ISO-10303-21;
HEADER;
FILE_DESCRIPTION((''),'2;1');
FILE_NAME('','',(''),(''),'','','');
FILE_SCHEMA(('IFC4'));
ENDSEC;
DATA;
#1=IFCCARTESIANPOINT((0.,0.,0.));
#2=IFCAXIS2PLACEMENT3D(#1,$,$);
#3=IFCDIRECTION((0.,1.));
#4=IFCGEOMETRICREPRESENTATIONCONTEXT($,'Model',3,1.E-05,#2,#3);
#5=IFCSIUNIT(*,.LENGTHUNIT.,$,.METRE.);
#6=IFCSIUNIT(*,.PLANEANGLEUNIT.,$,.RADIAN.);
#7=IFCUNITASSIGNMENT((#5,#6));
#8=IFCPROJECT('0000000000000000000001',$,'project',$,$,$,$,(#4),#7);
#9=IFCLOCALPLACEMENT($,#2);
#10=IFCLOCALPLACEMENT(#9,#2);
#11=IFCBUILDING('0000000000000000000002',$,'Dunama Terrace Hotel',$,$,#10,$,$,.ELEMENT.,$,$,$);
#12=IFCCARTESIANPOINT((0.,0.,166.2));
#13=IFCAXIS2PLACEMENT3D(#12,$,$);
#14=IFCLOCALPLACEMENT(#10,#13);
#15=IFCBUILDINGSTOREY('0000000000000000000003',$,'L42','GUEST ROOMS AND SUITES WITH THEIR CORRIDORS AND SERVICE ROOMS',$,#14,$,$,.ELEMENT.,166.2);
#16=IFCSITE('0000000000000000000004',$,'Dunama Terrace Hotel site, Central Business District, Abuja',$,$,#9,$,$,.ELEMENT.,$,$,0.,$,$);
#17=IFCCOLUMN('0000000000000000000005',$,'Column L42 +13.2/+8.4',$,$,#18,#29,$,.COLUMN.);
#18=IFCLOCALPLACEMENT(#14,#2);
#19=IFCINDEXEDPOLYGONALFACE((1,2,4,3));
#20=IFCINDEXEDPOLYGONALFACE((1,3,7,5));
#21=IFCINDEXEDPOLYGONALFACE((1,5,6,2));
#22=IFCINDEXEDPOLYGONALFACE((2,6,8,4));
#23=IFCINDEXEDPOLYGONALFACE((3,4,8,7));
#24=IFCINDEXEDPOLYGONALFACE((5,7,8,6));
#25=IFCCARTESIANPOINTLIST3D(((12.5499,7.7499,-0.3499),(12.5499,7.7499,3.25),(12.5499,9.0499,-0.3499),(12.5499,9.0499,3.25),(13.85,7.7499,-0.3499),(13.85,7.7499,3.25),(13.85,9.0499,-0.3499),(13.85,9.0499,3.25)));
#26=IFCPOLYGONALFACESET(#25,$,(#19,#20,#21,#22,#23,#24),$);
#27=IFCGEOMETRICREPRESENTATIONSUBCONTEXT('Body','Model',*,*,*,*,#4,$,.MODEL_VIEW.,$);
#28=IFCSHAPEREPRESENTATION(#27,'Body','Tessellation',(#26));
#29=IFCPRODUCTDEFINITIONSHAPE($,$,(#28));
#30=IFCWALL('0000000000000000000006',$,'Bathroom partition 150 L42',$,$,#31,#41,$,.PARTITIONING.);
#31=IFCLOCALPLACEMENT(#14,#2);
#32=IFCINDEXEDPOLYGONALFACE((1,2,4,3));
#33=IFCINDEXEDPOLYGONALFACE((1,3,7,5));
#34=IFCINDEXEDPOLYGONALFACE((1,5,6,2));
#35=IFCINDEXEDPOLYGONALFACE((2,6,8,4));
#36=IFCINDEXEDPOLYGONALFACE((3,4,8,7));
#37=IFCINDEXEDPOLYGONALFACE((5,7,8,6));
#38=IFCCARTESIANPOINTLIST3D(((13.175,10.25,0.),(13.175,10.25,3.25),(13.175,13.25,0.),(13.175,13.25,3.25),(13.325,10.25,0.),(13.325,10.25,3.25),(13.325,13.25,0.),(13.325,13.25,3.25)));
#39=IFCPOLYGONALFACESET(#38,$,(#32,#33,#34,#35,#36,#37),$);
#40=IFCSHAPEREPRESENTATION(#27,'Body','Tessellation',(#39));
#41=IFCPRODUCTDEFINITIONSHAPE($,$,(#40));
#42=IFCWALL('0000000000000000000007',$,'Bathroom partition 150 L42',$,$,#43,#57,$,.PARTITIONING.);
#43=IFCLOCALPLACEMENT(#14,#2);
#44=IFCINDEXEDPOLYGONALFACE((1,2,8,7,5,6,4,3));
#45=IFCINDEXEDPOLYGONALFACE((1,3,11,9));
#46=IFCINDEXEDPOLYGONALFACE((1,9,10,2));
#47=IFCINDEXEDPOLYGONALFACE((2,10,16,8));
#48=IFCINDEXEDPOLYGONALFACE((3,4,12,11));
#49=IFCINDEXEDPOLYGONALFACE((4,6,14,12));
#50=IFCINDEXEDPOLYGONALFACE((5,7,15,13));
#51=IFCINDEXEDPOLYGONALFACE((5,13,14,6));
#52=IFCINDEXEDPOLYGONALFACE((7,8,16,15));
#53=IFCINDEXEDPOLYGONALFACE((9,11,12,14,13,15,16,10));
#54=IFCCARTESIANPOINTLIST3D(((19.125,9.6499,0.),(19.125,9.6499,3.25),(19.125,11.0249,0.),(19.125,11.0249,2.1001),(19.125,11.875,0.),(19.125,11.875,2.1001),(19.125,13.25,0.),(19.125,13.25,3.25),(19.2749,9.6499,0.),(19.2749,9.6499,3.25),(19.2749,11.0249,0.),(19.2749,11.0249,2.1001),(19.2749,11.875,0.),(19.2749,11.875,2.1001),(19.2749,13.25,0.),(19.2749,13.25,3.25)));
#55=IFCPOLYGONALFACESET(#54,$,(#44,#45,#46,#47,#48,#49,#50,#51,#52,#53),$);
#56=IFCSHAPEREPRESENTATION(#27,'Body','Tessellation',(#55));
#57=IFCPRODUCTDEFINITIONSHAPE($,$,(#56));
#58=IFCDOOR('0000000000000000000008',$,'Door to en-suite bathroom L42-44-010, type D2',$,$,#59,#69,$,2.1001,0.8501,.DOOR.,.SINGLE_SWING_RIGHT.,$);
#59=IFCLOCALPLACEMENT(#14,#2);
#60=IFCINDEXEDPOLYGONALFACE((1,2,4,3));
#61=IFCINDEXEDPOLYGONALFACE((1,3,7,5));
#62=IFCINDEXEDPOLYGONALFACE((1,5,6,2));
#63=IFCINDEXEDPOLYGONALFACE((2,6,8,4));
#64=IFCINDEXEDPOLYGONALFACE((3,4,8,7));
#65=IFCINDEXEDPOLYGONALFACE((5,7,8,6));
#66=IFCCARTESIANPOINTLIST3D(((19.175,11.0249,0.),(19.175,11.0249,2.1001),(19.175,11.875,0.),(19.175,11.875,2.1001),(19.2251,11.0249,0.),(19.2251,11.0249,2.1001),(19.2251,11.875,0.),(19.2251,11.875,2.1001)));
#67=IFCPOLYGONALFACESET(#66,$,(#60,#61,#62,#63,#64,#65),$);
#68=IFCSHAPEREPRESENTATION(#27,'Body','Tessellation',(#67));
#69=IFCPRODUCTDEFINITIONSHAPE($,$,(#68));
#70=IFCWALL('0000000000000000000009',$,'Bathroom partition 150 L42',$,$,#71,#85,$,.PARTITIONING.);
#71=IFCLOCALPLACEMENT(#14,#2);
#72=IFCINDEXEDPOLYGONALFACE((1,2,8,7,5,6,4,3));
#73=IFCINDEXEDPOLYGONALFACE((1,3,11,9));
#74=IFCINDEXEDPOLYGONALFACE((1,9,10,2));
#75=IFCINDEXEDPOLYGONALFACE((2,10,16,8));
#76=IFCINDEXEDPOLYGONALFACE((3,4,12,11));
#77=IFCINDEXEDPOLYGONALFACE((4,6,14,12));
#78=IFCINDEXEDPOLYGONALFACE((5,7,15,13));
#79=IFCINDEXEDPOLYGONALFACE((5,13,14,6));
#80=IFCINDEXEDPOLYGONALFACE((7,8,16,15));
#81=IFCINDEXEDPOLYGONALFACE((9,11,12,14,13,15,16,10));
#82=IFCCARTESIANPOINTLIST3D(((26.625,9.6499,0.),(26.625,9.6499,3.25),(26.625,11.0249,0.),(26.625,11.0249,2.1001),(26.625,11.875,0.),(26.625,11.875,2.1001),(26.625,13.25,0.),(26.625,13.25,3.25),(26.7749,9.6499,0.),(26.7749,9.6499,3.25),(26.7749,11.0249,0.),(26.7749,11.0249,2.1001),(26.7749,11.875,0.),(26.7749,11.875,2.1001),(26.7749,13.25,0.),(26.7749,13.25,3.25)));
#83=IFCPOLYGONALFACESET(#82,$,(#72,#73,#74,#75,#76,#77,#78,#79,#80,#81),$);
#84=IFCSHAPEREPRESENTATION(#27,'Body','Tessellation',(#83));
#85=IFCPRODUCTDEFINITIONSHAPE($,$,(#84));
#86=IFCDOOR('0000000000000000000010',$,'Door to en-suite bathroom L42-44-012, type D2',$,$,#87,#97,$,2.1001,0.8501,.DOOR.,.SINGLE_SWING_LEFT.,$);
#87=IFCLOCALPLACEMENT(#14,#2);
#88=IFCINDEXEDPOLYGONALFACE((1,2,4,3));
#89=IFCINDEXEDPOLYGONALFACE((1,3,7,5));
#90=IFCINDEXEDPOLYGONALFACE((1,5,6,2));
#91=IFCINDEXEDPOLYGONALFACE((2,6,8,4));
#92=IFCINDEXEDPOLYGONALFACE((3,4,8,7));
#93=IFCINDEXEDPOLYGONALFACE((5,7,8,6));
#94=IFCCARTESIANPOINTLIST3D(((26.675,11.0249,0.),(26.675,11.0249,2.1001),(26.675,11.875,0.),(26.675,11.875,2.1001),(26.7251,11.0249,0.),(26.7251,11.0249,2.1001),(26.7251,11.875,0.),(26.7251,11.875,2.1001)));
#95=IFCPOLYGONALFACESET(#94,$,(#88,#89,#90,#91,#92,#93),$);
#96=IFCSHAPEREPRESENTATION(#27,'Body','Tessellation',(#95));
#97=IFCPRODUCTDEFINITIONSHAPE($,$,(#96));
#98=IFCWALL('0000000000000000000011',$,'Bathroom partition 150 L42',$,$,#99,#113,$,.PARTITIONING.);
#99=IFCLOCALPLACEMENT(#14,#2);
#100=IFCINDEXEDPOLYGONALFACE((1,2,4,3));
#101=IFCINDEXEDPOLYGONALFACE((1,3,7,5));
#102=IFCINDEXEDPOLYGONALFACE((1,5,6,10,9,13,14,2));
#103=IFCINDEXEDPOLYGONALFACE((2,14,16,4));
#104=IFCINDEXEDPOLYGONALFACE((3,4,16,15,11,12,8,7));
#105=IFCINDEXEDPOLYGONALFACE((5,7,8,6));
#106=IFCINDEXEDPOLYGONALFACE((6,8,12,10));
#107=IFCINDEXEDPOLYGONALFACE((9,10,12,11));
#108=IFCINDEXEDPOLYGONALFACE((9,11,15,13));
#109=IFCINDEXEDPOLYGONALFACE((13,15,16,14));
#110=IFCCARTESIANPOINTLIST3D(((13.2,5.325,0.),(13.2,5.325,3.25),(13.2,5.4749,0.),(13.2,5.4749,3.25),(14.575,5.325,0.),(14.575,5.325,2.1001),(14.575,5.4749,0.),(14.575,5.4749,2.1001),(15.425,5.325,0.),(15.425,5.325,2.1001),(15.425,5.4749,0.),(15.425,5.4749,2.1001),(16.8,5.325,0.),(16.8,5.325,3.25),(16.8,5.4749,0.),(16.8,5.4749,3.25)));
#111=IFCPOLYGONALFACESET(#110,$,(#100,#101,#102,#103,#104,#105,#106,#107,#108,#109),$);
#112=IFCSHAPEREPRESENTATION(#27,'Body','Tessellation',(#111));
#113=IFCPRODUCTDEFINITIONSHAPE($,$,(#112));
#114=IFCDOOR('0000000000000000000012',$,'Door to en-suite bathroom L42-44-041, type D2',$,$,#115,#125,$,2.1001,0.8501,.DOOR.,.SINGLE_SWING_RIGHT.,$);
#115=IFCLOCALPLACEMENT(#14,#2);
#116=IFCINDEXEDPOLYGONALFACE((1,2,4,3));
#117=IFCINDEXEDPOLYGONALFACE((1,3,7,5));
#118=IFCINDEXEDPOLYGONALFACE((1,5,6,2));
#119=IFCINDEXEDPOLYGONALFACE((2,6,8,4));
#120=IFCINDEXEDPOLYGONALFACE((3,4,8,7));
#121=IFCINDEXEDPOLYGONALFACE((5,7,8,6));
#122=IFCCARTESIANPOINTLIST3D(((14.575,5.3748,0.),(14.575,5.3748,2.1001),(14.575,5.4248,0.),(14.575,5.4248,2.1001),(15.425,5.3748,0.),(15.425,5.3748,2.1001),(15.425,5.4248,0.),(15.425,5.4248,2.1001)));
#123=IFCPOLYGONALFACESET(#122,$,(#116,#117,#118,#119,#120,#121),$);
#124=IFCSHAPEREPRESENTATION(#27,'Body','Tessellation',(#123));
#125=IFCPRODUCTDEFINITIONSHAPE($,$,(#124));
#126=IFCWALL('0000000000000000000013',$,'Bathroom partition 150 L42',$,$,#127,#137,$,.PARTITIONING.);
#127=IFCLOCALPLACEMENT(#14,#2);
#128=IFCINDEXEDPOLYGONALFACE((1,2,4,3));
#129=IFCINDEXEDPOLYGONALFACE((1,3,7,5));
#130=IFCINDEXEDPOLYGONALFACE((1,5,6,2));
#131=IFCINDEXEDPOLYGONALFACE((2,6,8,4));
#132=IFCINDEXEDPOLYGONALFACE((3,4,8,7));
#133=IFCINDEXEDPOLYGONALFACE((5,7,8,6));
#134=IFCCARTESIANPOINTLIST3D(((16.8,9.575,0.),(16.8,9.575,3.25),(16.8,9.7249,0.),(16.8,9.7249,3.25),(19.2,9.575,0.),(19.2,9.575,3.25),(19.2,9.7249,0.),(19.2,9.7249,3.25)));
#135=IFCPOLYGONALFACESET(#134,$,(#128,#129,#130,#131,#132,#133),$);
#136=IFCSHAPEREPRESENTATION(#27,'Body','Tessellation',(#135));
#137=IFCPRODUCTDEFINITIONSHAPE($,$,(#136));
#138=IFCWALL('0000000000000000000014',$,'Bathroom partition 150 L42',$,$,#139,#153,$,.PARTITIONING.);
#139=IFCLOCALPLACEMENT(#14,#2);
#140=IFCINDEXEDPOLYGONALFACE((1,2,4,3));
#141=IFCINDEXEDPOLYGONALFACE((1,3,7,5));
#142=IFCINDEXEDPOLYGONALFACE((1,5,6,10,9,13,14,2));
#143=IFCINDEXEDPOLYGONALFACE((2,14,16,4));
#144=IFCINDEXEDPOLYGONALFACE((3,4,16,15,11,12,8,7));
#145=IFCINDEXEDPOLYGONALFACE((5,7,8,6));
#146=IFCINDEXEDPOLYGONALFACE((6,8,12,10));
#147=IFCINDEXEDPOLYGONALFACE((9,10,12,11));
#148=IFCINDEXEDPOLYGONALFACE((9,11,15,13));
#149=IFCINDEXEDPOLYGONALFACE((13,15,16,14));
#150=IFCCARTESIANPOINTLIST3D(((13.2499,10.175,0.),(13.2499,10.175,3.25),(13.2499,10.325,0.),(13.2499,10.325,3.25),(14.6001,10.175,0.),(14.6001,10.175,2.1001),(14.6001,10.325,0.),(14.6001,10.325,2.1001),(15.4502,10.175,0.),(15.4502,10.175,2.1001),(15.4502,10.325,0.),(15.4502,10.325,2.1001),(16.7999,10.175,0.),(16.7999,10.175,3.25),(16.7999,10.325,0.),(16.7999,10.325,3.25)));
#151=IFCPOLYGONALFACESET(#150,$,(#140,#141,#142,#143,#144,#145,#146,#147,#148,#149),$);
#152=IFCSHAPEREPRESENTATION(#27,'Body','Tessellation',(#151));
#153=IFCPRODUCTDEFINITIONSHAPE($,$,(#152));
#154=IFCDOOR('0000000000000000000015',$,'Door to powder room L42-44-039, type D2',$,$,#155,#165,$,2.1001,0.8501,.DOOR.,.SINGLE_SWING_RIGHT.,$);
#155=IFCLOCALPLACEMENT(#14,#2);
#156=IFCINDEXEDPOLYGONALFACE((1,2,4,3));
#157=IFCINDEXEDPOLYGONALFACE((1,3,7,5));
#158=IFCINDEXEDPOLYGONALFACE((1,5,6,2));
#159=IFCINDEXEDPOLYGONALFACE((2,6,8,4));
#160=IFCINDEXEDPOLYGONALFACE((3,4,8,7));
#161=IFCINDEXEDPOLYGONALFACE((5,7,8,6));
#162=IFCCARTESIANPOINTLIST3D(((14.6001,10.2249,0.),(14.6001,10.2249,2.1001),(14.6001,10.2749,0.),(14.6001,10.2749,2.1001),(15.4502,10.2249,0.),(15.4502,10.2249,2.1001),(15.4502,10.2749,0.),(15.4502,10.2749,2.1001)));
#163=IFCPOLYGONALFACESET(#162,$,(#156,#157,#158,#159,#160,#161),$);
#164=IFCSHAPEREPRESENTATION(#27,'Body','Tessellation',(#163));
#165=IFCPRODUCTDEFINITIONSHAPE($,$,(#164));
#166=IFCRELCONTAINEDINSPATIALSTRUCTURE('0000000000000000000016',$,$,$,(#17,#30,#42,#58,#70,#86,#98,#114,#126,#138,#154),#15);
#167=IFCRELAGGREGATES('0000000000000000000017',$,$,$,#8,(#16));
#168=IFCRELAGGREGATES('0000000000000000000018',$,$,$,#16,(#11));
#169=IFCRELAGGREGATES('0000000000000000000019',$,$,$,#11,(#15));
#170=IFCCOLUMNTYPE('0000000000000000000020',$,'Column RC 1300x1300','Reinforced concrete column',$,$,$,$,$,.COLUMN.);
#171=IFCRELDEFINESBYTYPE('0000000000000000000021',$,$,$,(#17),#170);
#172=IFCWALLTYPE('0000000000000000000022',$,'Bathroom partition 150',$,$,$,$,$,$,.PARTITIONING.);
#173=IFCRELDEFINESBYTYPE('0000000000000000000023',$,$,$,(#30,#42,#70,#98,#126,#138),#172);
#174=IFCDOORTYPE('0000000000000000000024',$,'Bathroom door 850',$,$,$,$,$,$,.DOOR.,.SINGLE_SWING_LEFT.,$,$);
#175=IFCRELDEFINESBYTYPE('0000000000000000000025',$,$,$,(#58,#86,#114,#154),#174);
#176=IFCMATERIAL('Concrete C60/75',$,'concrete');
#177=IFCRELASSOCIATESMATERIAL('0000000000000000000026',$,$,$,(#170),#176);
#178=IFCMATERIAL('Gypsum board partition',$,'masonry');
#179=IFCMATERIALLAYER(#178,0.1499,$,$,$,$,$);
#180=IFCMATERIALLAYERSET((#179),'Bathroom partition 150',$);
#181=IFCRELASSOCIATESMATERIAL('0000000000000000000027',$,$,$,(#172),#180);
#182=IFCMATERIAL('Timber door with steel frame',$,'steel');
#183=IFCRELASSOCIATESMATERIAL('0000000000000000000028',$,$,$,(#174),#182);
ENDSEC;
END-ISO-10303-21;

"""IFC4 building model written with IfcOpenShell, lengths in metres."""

from ifc_helpers import new_model, si_unit, direction, frame, frame_2d, origin, origin_2d, place, context, subcontext, project, spatial, rectangle, extrude, material, layer, layer_set, material_profile, profile_set, type_object, element, fill, save


model = new_model("IFC4")

# Units and contexts
model_context = context("Model", 3, precision=1e-05, world=origin(), true_north=direction((0.0, 1.0)))
body_context = subcontext(model_context, "Body", "Model", "MODEL_VIEW")
ifc_project = project(units=[si_unit("LENGTHUNIT", "METRE"), si_unit("PLANEANGLEUNIT", "RADIAN")], contexts=[model_context])

# Site, building, storey
site_placement = place(None, origin())
site = spatial("IfcSite", under=ifc_project, at=site_placement, Name="Dunama Terrace Hotel site, Central Business District, Abuja", CompositionType="ELEMENT", RefElevation=0.0)
building_placement = place(site_placement, origin())
building = spatial("IfcBuilding", under=site, at=building_placement, Name="Dunama Terrace Hotel", CompositionType="ELEMENT")
storey_placement = place(building_placement, frame((0.0, 0.0, 166.2)))
storey = spatial("IfcBuildingStorey", under=building, at=storey_placement, Name="L42", Description="GUEST ROOMS AND SUITES WITH THEIR CORRIDORS AND SERVICE ROOMS", CompositionType="ELEMENT", Elevation=166.2)

# Column
ifc_material_1 = material(Name="Concrete C60/75", Category="concrete")
ifc_material_profile = material_profile(ifc_material_1, rectangle(XDim=1.3, YDim=1.3, at=origin_2d()), Name="RC 1300x1300")
ifc_profile_set = profile_set([ifc_material_profile], Name="Concrete C60/75")
column_type = type_object("IfcColumnType", Name="Column RC 1300x1300", Description="Reinforced concrete column", PredefinedType="COLUMN", material=ifc_profile_set)
column_placement = place(storey_placement, frame((13.2, 8.3999, -0.3499), z_axis=(0.0, 0.0, 1.0), x_axis=(1.0, 0.0, 0.0)))
element("IfcColumn", 1, at=column_placement, inside=storey, type_object=column_type, Name="Column L42 +13.2/+8.4", PredefinedType="COLUMN", context=body_context, shape_type="SweptSolid", body=[
    extrude(rectangle(XDim=1.3, YDim=1.3, at=origin_2d()), origin(), (0.0, 0.0, 1.0), 3.5999),
])

# Wall
ifc_material_2 = material(Name="Gypsum board partition", Category="masonry")
ifc_layer_1 = layer(ifc_material_2, 0.1499)
ifc_layer_set_1 = layer_set([ifc_layer_1], Name="Bathroom partition 150")
wall_type_1 = type_object("IfcWallType", Name="Bathroom partition 150", PredefinedType="PARTITIONING", material=ifc_layer_set_1)
wall_1_placement = place(storey_placement, frame((13.25, 10.25, 0.0), z_axis=(0.0, 0.0, 1.0), x_axis=(0.0, 1.0, 0.0)))
element("IfcWall", 2, at=wall_1_placement, inside=storey, type_object=wall_type_1, Name="Bathroom partition 150 L42", PredefinedType="PARTITIONING", context=body_context, shape_type="SweptSolid", body=[
    extrude(rectangle(XDim=3.0, YDim=0.1499, at=frame_2d((1.5, 0.0))), origin(), (0.0, 0.0, 1.0), 3.25),
])

# Walls, openings, doors
wall_2_placement = place(storey_placement, frame((19.2, 9.6499, 0.0), z_axis=(0.0, 0.0, 1.0), x_axis=(0.0, 1.0, 0.0)))
wall_2 = element("IfcWall", 3, at=wall_2_placement, inside=storey, type_object=wall_type_1, Name="Bathroom partition 150 L42", PredefinedType="PARTITIONING", context=body_context, shape_type="SweptSolid", body=[
    extrude(rectangle(XDim=3.6001, YDim=0.1499, at=frame_2d((1.8, 0.0))), origin(), (0.0, 0.0, 1.0), 3.25),
])
opening_1_placement = place(wall_2_placement, frame((1.375, 0.0, 0.0)))
opening_1 = element("IfcOpeningElement", 4, at=opening_1_placement, cuts=wall_2, PredefinedType="OPENING", context=body_context, shape_type="SweptSolid", body=[
    extrude(rectangle(XDim=0.8501, YDim=2.1001, at=frame_2d((0.425, 1.05))), frame((0.0, 0.085, 0.0), z_axis=(0.0, -1.0, 0.0), x_axis=(1.0, 0.0, 0.0)), (0.0, 0.0, 1.0), 0.1699),
])
ifc_material_3 = material(Name="Timber door with steel frame", Category="steel")
door_type_1 = type_object("IfcDoorType", Name="Bathroom door 850", OperationType="SINGLE_SWING_LEFT", PredefinedType="DOOR", material=ifc_material_3)
door_1_placement = place(opening_1_placement, origin())
door_1 = element("IfcDoor", 5, at=door_1_placement, inside=storey, type_object=door_type_1, Name="Door to en-suite bathroom L42-44-010, type D2", OperationType="SINGLE_SWING_RIGHT", OverallHeight=2.1001, OverallWidth=0.8501, PredefinedType="DOOR", context=body_context, shape_type="SweptSolid", body=[
    extrude(rectangle(XDim=0.8501, YDim=2.1001, at=frame_2d((0.425, 1.05))), frame((0.0, 0.0249, 0.0), z_axis=(0.0, -1.0, 0.0), x_axis=(1.0, 0.0, 0.0)), (0.0, 0.0, 1.0), 0.05),
])
fill(opening_1, door_1)
wall_3_placement = place(storey_placement, frame((26.7, 9.6499, 0.0), z_axis=(0.0, 0.0, 1.0), x_axis=(0.0, 1.0, 0.0)))
wall_3 = element("IfcWall", 6, at=wall_3_placement, inside=storey, type_object=wall_type_1, Name="Bathroom partition 150 L42", PredefinedType="PARTITIONING", context=body_context, shape_type="SweptSolid", body=[
    extrude(rectangle(XDim=3.6001, YDim=0.1499, at=frame_2d((1.8, 0.0))), origin(), (0.0, 0.0, 1.0), 3.25),
])
opening_2_placement = place(wall_3_placement, frame((1.375, 0.0, 0.0)))
opening_2 = element("IfcOpeningElement", 7, at=opening_2_placement, cuts=wall_3, PredefinedType="OPENING", context=body_context, shape_type="SweptSolid", body=[
    extrude(rectangle(XDim=0.8501, YDim=2.1001, at=frame_2d((0.425, 1.05))), frame((0.0, 0.085, 0.0), z_axis=(0.0, -1.0, 0.0), x_axis=(1.0, 0.0, 0.0)), (0.0, 0.0, 1.0), 0.1699),
])
door_2_placement = place(opening_2_placement, frame((0.8501, 0.0, 0.0), z_axis=(0.0, 0.0, 1.0), x_axis=(-1.0, 0.0, 0.0)))
door_2 = element("IfcDoor", 8, at=door_2_placement, inside=storey, type_object=door_type_1, Name="Door to en-suite bathroom L42-44-012, type D2", OperationType="SINGLE_SWING_LEFT", OverallHeight=2.1001, OverallWidth=0.8501, PredefinedType="DOOR", context=body_context, shape_type="SweptSolid", body=[
    extrude(rectangle(XDim=0.8501, YDim=2.1001, at=frame_2d((0.425, 1.05))), frame((0.0, 0.0251, 0.0), z_axis=(0.0, -1.0, 0.0), x_axis=(1.0, 0.0, 0.0)), (0.0, 0.0, 1.0), 0.05),
])
fill(opening_2, door_2)
wall_4_placement = place(storey_placement, frame((13.2, 5.3999, 0.0), z_axis=(0.0, 0.0, 1.0), x_axis=(1.0, 0.0, 0.0)))
wall_4 = element("IfcWall", 9, at=wall_4_placement, inside=storey, type_object=wall_type_1, Name="Bathroom partition 150 L42", PredefinedType="PARTITIONING", context=body_context, shape_type="SweptSolid", body=[
    extrude(rectangle(XDim=3.6001, YDim=0.1499, at=frame_2d((1.8, 0.0))), origin(), (0.0, 0.0, 1.0), 3.25),
])
opening_3_placement = place(wall_4_placement, frame((1.375, 0.0, 0.0)))
opening_3 = element("IfcOpeningElement", 10, at=opening_3_placement, cuts=wall_4, PredefinedType="OPENING", context=body_context, shape_type="SweptSolid", body=[
    extrude(rectangle(XDim=0.8501, YDim=2.1001, at=frame_2d((0.425, 1.05))), frame((0.0, 0.085, 0.0), z_axis=(0.0, -1.0, 0.0), x_axis=(1.0, 0.0, 0.0)), (0.0, 0.0, 1.0), 0.1699),
])
door_3_placement = place(opening_3_placement, origin())
door_3 = element("IfcDoor", 11, at=door_3_placement, inside=storey, type_object=door_type_1, Name="Door to en-suite bathroom L42-44-041, type D2", OperationType="SINGLE_SWING_RIGHT", OverallHeight=2.1001, OverallWidth=0.8501, PredefinedType="DOOR", context=body_context, shape_type="SweptSolid", body=[
    extrude(rectangle(XDim=0.8501, YDim=2.1001, at=frame_2d((0.425, 1.05))), frame((0.0, 0.0249, 0.0), z_axis=(0.0, -1.0, 0.0), x_axis=(1.0, 0.0, 0.0)), (0.0, 0.0, 1.0), 0.05),
])
fill(opening_3, door_3)

# Wall
wall_5_placement = place(storey_placement, frame((16.8, 9.6499, 0.0), z_axis=(0.0, 0.0, 1.0), x_axis=(1.0, 0.0, 0.0)))
element("IfcWall", 12, at=wall_5_placement, inside=storey, type_object=wall_type_1, Name="Bathroom partition 150 L42", PredefinedType="PARTITIONING", context=body_context, shape_type="SweptSolid", body=[
    extrude(rectangle(XDim=2.3999, YDim=0.1499, at=frame_2d((1.2, 0.0))), origin(), (0.0, 0.0, 1.0), 3.25),
])

# Wall, opening, door
wall_6_placement = place(storey_placement, frame((13.25, 10.25, 0.0), z_axis=(0.0, 0.0, 1.0), x_axis=(1.0, 0.0, 0.0)))
wall_6 = element("IfcWall", 13, at=wall_6_placement, inside=storey, type_object=wall_type_1, Name="Bathroom partition 150 L42", PredefinedType="PARTITIONING", context=body_context, shape_type="SweptSolid", body=[
    extrude(rectangle(XDim=3.55, YDim=0.1499, at=frame_2d((1.7749, 0.0))), origin(), (0.0, 0.0, 1.0), 3.25),
])
opening_4_placement = place(wall_6_placement, frame((1.3501, 0.0, 0.0)))
opening_4 = element("IfcOpeningElement", 14, at=opening_4_placement, cuts=wall_6, PredefinedType="OPENING", context=body_context, shape_type="SweptSolid", body=[
    extrude(rectangle(XDim=0.8501, YDim=2.1001, at=frame_2d((0.425, 1.05))), frame((0.0, 0.085, 0.0), z_axis=(0.0, -1.0, 0.0), x_axis=(1.0, 0.0, 0.0)), (0.0, 0.0, 1.0), 0.1699),
])
door_4_placement = place(opening_4_placement, origin())
door_4 = element("IfcDoor", 15, at=door_4_placement, inside=storey, type_object=door_type_1, Name="Door to powder room L42-44-039, type D2", OperationType="SINGLE_SWING_RIGHT", OverallHeight=2.1001, OverallWidth=0.8501, PredefinedType="DOOR", context=body_context, shape_type="SweptSolid", body=[
    extrude(rectangle(XDim=0.8501, YDim=2.1001, at=frame_2d((0.425, 1.05))), frame((0.0, 0.0249, 0.0), z_axis=(0.0, -1.0, 0.0), x_axis=(1.0, 0.0, 0.0)), (0.0, 0.0, 1.0), 0.05),
])
fill(opening_4, door_4)

save(model, "model.ifc")
